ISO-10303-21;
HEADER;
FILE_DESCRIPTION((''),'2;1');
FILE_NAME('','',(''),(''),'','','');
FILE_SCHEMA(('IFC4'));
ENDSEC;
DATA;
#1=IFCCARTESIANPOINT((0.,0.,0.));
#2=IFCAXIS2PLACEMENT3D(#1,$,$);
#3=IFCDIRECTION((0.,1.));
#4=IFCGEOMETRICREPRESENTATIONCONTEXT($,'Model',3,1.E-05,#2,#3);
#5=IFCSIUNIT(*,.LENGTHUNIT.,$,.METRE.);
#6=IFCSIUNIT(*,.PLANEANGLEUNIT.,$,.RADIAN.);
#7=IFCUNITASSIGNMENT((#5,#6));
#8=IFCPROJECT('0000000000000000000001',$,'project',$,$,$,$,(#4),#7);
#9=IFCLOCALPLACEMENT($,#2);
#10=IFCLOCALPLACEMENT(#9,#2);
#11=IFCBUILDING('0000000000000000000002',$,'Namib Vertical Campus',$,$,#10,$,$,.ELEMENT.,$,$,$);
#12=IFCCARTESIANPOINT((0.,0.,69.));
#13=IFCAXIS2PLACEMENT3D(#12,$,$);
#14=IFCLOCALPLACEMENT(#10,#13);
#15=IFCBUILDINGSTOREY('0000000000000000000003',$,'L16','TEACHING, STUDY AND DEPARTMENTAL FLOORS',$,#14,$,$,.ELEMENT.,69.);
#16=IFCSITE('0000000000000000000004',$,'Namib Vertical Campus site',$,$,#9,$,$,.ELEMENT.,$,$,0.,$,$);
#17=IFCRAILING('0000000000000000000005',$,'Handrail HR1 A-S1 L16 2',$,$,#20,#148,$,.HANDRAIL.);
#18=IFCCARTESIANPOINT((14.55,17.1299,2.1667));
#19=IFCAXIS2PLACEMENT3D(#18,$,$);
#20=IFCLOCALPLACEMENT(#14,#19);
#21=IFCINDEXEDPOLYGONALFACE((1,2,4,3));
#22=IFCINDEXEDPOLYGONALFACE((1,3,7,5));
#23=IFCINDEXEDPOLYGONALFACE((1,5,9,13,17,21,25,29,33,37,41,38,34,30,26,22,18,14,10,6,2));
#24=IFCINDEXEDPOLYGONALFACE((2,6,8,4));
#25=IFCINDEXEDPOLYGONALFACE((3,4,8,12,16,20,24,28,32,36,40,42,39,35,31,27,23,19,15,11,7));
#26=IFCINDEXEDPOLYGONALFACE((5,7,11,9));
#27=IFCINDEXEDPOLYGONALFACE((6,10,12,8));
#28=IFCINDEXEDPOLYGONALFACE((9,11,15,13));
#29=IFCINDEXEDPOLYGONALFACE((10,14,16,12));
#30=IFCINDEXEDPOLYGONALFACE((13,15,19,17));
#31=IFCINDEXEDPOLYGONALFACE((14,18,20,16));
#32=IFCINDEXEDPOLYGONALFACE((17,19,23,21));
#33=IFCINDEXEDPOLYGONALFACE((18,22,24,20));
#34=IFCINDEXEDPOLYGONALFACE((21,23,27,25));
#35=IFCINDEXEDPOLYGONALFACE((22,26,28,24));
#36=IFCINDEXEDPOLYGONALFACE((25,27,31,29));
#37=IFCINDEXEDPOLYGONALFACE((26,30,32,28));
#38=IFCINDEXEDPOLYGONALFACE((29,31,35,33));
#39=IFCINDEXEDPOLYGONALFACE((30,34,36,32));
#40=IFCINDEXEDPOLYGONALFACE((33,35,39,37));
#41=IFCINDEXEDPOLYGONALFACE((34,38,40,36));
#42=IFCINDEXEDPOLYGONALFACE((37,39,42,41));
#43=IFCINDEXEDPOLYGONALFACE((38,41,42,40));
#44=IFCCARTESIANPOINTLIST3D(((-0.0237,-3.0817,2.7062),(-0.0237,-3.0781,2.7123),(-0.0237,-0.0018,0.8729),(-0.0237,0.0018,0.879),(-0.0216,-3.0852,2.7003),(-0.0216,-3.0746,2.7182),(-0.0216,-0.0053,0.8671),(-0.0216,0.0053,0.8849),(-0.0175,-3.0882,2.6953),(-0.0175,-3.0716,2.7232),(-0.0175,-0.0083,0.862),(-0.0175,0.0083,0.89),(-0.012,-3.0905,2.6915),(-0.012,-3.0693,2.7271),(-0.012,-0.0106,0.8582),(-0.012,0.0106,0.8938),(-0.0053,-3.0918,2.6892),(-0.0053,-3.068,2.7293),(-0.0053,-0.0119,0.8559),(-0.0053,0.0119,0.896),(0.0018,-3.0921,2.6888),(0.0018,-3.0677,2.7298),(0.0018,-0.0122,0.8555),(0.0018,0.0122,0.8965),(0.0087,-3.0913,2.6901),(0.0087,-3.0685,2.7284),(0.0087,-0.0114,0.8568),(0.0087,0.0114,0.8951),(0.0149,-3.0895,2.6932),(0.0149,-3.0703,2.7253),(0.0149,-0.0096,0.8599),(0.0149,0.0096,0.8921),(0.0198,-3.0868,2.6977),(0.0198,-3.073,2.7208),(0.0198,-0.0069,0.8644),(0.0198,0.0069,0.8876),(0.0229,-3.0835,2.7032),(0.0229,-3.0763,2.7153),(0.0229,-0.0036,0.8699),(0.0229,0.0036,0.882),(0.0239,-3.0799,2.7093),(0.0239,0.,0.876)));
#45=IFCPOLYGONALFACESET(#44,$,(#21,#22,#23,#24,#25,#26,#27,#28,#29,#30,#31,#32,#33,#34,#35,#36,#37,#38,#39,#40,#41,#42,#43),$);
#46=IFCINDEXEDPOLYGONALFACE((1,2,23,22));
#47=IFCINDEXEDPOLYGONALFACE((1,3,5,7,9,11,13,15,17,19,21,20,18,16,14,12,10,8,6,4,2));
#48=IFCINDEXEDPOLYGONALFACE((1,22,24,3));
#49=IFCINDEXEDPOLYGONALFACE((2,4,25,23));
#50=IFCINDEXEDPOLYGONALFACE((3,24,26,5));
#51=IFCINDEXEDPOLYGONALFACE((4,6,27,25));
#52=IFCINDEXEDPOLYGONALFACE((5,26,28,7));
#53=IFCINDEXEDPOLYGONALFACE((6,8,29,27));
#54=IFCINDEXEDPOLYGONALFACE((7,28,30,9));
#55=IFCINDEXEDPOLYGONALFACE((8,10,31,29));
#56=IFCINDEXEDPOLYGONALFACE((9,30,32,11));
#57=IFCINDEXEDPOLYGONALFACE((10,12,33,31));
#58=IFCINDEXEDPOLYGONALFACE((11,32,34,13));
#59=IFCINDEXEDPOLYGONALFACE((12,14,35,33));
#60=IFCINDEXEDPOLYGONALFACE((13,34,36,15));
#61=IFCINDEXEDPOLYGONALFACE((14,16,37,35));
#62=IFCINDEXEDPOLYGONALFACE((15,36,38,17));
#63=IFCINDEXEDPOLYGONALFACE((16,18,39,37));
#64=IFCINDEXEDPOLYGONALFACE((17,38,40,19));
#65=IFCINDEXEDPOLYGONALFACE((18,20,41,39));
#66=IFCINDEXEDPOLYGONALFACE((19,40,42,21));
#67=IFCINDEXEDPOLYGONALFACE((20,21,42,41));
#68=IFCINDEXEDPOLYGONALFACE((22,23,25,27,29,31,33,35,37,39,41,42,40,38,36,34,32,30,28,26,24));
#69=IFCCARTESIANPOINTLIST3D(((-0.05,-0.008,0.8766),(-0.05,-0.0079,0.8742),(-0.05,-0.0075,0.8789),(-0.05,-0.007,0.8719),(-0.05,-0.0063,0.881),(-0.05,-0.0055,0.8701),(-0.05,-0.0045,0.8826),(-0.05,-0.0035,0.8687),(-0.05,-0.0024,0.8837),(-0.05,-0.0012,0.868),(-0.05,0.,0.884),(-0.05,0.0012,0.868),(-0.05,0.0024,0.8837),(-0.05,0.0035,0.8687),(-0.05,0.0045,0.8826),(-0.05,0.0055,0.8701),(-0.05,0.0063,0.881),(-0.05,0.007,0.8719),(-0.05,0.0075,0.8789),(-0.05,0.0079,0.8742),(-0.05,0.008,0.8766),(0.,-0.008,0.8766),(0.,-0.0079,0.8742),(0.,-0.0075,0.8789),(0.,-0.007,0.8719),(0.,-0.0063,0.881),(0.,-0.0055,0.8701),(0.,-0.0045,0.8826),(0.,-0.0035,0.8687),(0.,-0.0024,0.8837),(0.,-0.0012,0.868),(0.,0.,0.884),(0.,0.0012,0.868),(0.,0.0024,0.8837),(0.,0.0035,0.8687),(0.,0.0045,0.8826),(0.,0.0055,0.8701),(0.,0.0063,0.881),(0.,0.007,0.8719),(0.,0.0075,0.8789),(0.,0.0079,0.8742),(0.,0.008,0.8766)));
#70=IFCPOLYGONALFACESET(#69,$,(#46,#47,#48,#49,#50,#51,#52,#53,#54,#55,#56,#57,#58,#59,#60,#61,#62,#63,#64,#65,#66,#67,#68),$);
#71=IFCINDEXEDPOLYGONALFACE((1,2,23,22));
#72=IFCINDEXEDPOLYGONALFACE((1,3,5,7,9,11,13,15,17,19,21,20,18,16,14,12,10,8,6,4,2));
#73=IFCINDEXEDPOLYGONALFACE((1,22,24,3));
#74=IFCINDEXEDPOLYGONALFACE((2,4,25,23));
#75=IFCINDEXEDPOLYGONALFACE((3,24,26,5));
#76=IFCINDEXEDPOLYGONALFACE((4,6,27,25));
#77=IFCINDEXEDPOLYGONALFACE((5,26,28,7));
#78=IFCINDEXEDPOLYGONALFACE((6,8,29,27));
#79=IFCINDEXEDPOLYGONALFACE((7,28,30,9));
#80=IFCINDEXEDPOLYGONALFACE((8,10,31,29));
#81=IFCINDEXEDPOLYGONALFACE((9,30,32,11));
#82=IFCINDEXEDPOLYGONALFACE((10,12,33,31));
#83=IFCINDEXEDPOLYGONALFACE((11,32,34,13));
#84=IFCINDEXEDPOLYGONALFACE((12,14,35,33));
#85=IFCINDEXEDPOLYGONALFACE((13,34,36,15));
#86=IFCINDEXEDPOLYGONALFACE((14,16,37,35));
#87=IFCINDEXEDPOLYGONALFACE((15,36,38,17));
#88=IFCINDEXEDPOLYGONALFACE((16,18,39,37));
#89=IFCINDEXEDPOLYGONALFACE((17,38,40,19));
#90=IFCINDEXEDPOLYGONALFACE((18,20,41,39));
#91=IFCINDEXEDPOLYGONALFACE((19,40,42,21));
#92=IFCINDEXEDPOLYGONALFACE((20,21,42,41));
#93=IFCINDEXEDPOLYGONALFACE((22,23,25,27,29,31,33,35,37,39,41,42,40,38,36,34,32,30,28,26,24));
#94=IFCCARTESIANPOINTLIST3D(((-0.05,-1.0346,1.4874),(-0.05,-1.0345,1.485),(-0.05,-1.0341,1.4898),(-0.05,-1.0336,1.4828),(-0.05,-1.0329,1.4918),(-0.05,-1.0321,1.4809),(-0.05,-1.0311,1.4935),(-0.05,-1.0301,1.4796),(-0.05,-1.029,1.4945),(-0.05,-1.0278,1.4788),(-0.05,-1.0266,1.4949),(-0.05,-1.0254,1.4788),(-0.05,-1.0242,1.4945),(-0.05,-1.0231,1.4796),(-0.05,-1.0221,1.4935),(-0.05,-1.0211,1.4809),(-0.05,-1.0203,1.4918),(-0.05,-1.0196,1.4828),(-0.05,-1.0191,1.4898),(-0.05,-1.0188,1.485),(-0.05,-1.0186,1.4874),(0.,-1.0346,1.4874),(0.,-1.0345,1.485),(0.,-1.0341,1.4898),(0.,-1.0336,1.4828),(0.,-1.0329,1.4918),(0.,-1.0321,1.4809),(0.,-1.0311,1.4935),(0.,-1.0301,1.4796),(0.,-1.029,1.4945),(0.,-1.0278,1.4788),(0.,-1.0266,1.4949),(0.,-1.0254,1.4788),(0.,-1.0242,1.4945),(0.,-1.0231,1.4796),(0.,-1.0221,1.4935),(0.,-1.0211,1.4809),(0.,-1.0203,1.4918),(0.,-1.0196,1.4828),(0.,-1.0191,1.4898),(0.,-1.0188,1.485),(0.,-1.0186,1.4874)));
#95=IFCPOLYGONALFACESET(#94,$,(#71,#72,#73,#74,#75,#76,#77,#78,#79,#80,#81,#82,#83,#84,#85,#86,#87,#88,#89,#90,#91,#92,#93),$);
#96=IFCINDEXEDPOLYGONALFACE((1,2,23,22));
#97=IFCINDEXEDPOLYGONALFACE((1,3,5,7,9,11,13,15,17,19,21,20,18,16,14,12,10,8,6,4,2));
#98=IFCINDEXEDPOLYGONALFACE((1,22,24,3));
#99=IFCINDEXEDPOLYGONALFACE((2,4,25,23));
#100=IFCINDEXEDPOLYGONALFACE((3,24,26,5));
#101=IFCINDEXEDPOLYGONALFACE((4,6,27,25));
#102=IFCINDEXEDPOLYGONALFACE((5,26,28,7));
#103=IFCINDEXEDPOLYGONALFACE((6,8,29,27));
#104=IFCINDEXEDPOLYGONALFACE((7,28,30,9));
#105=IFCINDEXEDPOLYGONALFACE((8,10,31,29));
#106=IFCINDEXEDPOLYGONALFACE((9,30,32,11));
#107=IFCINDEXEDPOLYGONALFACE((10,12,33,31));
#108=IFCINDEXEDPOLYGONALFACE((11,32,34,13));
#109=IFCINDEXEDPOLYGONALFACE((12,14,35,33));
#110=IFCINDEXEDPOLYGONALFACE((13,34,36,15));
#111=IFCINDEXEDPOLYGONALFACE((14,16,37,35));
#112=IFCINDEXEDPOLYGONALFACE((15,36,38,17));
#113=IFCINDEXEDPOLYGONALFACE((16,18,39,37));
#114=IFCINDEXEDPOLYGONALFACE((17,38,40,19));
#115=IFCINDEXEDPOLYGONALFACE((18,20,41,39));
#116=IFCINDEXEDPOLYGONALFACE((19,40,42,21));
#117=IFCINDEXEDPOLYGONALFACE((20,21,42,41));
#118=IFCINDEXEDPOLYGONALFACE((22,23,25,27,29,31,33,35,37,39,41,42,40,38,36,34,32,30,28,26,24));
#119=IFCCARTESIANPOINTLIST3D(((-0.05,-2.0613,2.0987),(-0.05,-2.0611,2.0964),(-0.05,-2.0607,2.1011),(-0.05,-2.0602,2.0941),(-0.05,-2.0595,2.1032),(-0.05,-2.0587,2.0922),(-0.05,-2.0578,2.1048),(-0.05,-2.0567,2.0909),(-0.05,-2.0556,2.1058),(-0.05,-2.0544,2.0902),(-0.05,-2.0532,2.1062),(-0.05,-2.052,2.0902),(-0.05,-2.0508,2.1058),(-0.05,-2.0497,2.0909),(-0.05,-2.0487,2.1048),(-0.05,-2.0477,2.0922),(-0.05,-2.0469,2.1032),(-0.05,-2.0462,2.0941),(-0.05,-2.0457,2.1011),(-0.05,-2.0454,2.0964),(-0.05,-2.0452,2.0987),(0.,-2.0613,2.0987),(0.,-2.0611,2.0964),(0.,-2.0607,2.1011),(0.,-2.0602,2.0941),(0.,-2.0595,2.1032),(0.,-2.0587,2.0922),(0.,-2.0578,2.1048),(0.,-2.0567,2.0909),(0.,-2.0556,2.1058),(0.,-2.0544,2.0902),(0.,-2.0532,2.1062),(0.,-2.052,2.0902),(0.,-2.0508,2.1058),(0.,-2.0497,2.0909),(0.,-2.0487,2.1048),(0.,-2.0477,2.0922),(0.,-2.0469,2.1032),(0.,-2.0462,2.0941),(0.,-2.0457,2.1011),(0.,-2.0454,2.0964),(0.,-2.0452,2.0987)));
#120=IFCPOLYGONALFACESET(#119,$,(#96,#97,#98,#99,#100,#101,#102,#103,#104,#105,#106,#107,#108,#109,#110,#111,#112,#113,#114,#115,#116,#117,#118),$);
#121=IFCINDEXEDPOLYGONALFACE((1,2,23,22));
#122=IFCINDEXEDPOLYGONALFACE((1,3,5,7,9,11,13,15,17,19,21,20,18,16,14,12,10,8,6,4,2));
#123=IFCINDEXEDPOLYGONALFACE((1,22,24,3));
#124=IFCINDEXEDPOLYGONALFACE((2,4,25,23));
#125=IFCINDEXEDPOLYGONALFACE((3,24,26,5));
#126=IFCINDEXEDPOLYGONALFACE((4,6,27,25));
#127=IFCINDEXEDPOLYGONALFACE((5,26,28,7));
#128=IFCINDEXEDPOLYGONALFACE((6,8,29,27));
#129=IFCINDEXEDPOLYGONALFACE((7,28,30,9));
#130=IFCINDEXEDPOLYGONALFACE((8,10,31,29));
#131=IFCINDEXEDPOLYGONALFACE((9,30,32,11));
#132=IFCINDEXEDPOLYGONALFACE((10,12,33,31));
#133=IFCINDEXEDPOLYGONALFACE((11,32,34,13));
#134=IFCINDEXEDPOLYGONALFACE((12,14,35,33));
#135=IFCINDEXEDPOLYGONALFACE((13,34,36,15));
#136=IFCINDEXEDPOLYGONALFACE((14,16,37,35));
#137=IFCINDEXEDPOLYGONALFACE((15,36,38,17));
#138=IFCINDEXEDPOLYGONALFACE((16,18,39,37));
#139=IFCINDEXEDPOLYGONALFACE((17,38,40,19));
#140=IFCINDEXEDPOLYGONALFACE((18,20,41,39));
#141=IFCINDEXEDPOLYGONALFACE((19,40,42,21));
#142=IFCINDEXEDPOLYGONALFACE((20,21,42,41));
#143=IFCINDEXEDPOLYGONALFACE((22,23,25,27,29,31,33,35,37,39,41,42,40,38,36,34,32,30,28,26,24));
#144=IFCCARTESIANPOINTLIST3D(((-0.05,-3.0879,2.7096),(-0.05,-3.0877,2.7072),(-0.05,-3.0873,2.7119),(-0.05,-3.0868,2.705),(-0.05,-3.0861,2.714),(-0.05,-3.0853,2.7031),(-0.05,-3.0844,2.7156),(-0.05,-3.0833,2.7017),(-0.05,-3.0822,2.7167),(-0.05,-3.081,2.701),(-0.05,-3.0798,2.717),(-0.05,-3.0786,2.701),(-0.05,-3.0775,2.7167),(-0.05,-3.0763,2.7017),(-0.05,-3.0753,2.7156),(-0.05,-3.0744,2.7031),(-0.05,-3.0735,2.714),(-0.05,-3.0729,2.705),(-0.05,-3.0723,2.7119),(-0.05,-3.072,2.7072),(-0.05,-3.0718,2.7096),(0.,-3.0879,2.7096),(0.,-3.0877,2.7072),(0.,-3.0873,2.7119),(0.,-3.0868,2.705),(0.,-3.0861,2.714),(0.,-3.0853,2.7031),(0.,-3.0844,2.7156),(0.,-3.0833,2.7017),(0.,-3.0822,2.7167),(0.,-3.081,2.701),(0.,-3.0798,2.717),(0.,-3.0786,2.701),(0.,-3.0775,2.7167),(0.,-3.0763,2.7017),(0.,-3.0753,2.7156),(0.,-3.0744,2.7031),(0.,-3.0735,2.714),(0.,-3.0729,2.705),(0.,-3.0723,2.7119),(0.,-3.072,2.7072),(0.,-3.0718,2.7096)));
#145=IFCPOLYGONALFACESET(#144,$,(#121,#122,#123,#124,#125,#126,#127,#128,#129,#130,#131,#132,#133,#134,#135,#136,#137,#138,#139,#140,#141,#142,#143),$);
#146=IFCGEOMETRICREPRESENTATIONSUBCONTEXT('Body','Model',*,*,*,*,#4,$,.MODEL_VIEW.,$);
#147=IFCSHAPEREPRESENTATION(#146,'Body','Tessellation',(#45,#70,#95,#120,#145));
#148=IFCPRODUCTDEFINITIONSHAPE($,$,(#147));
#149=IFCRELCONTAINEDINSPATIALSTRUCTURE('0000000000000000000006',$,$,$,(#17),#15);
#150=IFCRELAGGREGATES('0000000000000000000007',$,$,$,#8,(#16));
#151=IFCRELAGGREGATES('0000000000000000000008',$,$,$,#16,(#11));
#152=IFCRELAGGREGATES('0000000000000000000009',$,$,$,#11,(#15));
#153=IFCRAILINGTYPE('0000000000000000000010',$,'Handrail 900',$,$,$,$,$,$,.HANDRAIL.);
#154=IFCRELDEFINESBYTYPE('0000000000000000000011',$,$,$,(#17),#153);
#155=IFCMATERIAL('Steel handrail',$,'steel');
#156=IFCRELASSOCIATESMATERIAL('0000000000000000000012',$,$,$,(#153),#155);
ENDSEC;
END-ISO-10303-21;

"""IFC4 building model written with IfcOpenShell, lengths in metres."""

from ifc_helpers import new_model, si_unit, direction, frame, origin, origin_2d, place, context, subcontext, project, spatial, circle, extrude, material, type_object, element, save


model = new_model("IFC4")

# Units and contexts
model_context = context("Model", 3, precision=1e-05, world=origin(), true_north=direction((0.0, 1.0)))
body_context = subcontext(model_context, "Body", "Model", "MODEL_VIEW")
ifc_project = project(units=[si_unit("LENGTHUNIT", "METRE"), si_unit("PLANEANGLEUNIT", "RADIAN")], contexts=[model_context])

# Site, building, storey
site_placement = place(None, origin())
site = spatial("IfcSite", under=ifc_project, at=site_placement, Name="Namib Vertical Campus site", CompositionType="ELEMENT", RefElevation=0.0)
building_placement = place(site_placement, origin())
building = spatial("IfcBuilding", under=site, at=building_placement, Name="Namib Vertical Campus", CompositionType="ELEMENT")
storey_placement = place(building_placement, frame((0.0, 0.0, 69.0)))
storey = spatial("IfcBuildingStorey", under=building, at=storey_placement, Name="L16", Description="TEACHING, STUDY AND DEPARTMENTAL FLOORS", CompositionType="ELEMENT", Elevation=69.0)

# Railing
ifc_material_1 = material(Name="Steel handrail", Category="steel")
railing_type_1 = type_object("IfcRailingType", Name="Handrail 900", PredefinedType="HANDRAIL", material=ifc_material_1)
railing_1_placement = place(storey_placement, frame((14.55, 17.1299, 2.1667)))
element("IfcRailing", 1, at=railing_1_placement, inside=storey, type_object=railing_type_1, Name="Handrail HR1 A-S1 L16 2", PredefinedType="HANDRAIL", context=body_context, shape_type="SweptSolid", body=[
    extrude(circle(Radius=0.0239, at=origin_2d()), frame((0.0, 0.0, 0.876), z_axis=(0.0, -0.859291, 0.511487), x_axis=(1.0, 0.0, 0.0)), (0.0, 0.0, 1.0), 3.5842),
    extrude(circle(Radius=0.0081, at=origin_2d()), frame((0.0, 0.0, 0.876), z_axis=(-1.0, 0.0, 0.0), x_axis=(0.0, 0.0, 1.0)), (0.0, 0.0, 1.0), 0.05),
    extrude(circle(Radius=0.0081, at=origin_2d()), frame((0.0, -1.0266, 1.4868), z_axis=(-1.0, 0.0, 0.0), x_axis=(0.0, 0.0, 1.0)), (0.0, 0.0, 1.0), 0.05),
    extrude(circle(Radius=0.0081, at=origin_2d()), frame((0.0, -2.0532, 2.0981), z_axis=(-1.0, 0.0, 0.0), x_axis=(0.0, 0.0, 1.0)), (0.0, 0.0, 1.0), 0.05),
    extrude(circle(Radius=0.0081, at=origin_2d()), frame((0.0, -3.0798, 2.709), z_axis=(-1.0, 0.0, 0.0), x_axis=(0.0, 0.0, 1.0)), (0.0, 0.0, 1.0), 0.05),
])

save(model, "model.ifc")
